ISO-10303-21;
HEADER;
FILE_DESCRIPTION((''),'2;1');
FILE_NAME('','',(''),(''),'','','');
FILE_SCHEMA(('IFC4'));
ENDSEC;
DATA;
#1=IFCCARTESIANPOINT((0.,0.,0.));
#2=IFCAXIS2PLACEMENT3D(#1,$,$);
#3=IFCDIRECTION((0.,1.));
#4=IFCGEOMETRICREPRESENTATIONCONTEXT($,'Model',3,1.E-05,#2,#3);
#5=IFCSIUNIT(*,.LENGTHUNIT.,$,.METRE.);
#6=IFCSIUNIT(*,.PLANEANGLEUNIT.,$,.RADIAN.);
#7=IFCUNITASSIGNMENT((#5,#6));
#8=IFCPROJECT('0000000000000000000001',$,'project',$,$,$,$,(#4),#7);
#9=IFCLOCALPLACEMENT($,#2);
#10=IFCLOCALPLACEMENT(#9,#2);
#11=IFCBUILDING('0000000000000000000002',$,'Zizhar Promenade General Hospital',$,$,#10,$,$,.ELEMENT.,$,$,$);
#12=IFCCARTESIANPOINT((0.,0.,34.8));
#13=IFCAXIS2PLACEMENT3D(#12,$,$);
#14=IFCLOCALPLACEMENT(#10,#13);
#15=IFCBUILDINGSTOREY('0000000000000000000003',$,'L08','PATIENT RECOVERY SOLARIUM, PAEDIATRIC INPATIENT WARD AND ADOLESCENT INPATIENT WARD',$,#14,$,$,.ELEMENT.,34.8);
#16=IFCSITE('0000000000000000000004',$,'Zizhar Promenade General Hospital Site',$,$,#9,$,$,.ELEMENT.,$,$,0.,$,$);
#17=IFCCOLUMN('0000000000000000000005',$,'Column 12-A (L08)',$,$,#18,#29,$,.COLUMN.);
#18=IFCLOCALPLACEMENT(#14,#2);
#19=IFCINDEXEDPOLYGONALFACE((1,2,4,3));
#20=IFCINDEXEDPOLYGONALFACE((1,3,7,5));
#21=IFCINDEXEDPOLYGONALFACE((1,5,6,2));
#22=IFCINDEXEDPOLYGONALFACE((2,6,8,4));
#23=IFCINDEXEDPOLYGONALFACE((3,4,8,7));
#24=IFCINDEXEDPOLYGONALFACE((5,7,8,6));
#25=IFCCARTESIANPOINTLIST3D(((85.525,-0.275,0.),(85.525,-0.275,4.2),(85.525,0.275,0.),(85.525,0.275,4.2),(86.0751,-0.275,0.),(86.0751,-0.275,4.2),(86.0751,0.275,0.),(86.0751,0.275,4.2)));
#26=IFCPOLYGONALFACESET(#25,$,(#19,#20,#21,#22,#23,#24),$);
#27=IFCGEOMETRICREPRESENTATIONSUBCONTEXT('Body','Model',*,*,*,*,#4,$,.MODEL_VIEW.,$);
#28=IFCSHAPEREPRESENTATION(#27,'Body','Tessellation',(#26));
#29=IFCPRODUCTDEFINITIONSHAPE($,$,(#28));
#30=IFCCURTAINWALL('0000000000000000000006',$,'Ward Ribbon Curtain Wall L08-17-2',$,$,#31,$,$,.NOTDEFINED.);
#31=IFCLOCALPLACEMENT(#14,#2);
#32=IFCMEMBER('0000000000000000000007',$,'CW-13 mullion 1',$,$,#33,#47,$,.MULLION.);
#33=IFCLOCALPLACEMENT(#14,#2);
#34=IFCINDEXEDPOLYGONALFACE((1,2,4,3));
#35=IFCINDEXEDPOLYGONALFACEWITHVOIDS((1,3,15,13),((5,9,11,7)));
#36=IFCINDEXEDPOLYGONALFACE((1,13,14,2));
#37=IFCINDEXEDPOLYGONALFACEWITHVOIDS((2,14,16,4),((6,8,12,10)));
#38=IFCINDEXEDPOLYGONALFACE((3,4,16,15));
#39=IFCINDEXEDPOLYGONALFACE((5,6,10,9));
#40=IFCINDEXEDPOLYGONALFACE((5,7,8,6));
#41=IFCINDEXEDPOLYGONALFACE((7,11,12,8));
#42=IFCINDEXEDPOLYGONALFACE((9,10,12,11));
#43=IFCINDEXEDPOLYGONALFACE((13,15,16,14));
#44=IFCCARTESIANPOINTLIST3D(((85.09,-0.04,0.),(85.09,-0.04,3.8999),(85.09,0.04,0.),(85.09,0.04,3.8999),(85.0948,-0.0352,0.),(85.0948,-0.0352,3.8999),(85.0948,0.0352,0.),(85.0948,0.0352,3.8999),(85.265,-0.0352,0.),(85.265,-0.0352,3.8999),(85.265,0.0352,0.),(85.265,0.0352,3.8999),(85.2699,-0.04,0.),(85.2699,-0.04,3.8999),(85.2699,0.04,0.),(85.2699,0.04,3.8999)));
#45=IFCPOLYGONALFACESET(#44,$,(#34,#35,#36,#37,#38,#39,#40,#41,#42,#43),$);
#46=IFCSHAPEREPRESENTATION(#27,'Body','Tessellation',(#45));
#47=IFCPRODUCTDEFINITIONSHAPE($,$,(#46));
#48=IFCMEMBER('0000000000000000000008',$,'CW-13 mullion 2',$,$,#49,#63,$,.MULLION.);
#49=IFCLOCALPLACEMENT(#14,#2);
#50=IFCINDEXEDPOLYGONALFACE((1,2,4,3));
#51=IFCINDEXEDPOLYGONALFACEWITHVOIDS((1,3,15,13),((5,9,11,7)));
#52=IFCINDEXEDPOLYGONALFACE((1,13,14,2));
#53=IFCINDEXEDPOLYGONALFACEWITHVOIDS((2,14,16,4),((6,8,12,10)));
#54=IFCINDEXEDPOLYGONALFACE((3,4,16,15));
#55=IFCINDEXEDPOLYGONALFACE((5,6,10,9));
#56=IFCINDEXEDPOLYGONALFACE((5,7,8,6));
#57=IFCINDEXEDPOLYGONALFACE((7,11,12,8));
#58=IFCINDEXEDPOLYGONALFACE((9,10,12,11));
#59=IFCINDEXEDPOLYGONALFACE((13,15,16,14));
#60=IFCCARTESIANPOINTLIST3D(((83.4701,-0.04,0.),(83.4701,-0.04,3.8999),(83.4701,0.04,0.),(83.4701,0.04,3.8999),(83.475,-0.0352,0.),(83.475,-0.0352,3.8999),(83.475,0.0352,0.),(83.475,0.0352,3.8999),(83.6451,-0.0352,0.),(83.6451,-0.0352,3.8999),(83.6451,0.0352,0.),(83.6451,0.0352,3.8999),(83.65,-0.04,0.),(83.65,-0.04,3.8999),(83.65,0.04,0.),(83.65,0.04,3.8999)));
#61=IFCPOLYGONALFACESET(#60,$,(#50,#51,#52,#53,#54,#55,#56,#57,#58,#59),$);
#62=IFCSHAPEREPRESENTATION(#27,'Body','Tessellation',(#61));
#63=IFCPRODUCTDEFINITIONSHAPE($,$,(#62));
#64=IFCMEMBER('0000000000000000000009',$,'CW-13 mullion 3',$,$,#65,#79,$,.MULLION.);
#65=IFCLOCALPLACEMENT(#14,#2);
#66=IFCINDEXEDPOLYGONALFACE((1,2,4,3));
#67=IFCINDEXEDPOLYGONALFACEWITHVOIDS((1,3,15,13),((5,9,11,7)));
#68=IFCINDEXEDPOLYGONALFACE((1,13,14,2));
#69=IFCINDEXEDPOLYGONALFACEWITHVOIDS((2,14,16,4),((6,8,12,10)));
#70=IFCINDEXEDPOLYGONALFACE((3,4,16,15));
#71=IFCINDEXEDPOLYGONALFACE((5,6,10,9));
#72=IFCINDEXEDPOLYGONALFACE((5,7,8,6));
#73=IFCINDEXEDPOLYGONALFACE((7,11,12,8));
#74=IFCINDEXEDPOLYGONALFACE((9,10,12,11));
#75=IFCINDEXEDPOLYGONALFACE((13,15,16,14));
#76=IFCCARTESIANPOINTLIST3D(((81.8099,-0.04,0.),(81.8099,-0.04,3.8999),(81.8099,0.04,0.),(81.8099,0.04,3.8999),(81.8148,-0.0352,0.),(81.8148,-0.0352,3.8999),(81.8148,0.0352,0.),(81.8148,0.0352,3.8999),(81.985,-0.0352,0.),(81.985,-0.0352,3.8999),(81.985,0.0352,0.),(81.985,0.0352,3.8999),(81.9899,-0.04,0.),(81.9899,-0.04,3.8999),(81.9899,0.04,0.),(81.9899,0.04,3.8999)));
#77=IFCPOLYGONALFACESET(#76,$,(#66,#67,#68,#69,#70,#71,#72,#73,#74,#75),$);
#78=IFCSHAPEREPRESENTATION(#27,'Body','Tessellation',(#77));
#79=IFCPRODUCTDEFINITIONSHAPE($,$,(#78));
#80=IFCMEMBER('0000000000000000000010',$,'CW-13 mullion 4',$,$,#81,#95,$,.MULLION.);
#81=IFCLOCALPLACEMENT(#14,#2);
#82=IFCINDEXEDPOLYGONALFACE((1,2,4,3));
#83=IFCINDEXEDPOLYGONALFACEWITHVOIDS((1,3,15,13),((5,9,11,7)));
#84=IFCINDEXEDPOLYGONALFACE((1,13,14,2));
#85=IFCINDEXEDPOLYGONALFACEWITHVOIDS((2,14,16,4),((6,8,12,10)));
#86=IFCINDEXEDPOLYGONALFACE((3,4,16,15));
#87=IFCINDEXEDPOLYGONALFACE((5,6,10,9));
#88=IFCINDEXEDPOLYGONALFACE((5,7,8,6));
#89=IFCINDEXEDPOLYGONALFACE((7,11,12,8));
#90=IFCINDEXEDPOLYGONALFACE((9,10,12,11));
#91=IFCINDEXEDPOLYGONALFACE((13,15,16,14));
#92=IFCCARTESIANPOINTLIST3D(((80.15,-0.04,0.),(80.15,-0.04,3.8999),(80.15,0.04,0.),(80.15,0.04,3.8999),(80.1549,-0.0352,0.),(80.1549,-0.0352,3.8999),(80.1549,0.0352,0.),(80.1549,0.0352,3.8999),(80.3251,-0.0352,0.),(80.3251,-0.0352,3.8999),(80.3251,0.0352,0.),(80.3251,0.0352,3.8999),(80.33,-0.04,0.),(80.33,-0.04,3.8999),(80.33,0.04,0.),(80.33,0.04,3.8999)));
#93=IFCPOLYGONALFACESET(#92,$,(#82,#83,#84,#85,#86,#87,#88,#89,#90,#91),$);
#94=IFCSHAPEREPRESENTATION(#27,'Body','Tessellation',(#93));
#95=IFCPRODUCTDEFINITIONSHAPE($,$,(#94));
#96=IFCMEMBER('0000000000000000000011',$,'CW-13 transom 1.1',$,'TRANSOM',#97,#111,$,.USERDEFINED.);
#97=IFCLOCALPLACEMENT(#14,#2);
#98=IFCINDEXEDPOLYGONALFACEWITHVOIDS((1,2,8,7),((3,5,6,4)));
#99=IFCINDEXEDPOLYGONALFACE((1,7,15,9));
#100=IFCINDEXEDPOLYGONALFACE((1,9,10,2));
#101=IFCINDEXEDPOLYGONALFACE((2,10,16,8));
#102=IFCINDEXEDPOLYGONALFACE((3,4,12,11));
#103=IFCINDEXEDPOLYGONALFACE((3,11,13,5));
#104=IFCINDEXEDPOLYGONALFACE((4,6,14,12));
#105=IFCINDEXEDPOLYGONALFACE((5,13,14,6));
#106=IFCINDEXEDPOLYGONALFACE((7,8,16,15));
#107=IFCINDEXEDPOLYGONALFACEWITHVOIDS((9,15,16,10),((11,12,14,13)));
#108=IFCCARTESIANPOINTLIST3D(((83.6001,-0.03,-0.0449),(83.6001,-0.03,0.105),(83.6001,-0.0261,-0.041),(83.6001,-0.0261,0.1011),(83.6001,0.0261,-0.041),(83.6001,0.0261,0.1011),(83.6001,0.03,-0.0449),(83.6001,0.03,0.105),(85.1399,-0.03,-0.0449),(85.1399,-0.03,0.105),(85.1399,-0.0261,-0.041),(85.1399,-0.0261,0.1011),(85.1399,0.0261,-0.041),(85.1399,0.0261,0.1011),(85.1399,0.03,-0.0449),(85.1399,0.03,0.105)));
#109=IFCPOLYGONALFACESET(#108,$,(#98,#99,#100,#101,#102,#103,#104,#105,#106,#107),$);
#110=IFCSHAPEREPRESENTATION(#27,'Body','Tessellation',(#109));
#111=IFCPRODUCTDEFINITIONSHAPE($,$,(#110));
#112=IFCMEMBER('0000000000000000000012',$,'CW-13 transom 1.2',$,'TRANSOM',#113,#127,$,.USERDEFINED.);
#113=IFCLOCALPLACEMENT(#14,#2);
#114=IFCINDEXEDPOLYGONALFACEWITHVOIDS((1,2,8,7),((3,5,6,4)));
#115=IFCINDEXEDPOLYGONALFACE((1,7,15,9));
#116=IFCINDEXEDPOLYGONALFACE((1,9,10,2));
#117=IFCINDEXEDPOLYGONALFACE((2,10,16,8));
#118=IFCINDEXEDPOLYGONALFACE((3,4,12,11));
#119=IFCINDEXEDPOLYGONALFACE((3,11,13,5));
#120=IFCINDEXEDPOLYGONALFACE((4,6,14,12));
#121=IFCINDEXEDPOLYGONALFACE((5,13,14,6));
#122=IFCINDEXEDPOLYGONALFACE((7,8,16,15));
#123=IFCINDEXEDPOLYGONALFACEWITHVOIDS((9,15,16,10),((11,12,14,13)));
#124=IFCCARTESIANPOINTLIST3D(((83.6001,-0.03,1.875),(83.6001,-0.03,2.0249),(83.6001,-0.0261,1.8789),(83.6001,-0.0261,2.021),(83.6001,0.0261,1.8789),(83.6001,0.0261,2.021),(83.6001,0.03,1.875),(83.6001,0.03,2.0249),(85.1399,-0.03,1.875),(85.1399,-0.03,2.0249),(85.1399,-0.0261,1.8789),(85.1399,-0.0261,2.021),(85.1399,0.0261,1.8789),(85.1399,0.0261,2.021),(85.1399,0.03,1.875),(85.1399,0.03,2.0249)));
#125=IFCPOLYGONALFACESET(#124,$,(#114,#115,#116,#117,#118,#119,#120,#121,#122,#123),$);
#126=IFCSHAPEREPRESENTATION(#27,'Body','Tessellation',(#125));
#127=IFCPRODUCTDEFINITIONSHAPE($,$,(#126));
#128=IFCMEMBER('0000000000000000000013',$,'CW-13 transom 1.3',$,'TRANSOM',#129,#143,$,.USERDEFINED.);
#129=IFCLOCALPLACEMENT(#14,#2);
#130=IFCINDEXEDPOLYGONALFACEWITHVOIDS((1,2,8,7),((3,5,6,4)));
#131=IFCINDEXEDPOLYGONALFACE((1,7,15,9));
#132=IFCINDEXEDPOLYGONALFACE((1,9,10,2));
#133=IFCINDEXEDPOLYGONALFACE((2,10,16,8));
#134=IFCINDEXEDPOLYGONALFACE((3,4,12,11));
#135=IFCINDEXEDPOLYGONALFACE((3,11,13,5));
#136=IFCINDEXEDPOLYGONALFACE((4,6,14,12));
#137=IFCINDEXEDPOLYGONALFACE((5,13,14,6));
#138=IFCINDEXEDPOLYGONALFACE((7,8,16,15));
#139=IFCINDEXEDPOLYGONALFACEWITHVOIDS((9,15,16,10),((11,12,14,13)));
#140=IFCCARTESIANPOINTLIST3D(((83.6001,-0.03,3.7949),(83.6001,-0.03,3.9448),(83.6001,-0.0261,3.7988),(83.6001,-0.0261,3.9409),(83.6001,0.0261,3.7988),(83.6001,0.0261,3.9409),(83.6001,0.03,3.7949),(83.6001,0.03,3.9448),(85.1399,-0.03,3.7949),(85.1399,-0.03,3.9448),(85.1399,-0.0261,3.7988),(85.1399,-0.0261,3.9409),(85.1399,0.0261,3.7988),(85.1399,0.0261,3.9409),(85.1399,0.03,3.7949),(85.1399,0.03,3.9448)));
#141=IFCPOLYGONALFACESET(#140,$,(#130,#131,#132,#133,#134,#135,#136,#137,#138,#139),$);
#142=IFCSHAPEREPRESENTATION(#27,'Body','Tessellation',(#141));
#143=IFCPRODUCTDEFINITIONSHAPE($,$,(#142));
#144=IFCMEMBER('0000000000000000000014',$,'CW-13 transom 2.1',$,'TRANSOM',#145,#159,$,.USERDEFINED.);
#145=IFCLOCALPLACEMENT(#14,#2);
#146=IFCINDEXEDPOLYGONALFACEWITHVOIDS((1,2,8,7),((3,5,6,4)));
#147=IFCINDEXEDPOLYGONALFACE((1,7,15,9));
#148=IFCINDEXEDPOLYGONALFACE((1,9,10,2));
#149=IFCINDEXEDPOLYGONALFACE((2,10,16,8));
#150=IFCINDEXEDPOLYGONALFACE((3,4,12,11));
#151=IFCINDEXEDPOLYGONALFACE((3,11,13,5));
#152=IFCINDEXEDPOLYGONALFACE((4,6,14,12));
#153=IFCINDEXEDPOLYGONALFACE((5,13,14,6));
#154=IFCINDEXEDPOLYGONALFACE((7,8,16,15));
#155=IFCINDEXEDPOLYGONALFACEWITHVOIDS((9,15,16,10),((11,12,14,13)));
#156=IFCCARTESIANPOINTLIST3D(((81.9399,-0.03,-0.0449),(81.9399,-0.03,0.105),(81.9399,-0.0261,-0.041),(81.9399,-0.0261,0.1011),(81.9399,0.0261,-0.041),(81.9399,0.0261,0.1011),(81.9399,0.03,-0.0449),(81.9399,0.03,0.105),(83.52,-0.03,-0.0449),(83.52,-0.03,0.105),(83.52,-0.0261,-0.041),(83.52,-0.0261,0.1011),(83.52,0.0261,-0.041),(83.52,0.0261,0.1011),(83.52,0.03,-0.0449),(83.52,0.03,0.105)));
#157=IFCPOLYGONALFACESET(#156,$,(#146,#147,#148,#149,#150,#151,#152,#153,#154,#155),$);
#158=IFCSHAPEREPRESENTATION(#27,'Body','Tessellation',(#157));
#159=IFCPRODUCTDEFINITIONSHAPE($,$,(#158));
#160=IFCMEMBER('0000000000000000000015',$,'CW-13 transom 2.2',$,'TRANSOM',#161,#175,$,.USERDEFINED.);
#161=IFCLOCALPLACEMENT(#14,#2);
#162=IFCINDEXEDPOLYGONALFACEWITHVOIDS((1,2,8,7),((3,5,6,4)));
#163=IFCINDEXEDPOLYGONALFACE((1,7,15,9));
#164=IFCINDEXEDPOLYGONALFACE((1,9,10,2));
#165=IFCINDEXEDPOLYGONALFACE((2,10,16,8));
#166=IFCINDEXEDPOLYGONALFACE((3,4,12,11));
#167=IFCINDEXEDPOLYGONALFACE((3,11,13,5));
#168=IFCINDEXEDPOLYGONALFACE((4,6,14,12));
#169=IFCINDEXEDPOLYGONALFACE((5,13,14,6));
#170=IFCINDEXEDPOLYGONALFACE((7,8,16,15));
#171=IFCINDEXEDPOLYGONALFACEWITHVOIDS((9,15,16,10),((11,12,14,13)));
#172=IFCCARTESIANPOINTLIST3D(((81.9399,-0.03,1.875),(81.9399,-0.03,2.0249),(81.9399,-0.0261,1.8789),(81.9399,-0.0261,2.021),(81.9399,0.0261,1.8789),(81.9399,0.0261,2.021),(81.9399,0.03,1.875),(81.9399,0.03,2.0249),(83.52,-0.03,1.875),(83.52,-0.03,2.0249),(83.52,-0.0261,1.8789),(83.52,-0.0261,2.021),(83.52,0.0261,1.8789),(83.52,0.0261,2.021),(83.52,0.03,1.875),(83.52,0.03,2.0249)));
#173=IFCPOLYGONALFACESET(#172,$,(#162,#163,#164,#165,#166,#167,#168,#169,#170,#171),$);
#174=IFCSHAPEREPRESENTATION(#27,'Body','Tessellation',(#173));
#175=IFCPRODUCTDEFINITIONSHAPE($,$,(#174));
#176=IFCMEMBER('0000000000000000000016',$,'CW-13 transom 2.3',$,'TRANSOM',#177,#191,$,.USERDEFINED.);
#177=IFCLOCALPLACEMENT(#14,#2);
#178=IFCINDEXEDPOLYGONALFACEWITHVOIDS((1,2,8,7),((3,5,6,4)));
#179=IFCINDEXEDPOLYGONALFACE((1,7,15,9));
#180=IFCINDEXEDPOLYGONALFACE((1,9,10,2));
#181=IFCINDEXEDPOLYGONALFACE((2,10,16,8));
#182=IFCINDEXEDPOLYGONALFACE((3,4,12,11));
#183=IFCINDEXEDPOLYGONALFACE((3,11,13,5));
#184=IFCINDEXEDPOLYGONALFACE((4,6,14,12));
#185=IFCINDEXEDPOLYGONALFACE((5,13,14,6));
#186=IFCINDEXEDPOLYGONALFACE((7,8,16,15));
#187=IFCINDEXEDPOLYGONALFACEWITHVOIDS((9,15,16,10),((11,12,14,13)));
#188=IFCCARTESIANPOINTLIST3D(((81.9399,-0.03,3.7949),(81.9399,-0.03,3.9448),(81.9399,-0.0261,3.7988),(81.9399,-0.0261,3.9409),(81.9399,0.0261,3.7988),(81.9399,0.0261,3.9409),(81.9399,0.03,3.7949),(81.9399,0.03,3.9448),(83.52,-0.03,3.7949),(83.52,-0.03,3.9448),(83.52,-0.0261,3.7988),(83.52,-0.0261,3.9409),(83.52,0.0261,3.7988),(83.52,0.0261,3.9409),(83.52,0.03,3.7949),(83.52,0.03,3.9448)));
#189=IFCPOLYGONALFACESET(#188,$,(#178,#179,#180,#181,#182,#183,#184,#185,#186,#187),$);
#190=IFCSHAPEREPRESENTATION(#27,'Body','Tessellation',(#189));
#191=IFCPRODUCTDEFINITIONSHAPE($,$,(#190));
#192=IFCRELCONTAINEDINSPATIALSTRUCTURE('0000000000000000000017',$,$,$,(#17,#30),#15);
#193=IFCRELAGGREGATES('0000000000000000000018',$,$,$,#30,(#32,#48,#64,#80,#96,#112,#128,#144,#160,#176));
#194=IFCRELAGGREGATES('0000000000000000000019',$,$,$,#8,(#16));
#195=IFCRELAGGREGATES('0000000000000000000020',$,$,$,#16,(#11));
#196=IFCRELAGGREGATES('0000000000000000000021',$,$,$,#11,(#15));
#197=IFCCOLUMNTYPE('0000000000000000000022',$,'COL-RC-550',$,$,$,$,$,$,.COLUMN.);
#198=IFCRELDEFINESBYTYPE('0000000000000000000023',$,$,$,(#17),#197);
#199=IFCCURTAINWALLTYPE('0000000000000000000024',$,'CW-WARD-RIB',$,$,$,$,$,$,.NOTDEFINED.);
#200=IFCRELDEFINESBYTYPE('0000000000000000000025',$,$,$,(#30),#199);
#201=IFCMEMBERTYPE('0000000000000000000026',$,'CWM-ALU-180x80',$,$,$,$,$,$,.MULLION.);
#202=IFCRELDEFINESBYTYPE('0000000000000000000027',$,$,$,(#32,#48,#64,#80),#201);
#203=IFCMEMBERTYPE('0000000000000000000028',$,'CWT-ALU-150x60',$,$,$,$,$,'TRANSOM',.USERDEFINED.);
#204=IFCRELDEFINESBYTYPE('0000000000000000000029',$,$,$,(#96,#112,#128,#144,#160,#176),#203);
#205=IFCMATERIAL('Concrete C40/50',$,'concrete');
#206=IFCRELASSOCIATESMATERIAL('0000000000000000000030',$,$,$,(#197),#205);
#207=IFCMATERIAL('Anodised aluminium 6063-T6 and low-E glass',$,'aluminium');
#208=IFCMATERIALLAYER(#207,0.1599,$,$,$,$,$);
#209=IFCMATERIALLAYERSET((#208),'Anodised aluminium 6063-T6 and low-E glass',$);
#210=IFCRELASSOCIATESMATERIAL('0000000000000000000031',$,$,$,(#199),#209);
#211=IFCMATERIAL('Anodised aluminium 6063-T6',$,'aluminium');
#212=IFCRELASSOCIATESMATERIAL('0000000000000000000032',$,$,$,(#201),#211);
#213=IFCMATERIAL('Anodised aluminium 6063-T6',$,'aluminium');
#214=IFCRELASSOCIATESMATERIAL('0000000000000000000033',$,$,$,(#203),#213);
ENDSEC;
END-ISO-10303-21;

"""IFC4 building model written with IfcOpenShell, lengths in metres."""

from ifc_helpers import new_model, si_unit, direction, frame, origin, origin_2d, place, context, subcontext, project, spatial, rectangle, hollow_rectangle, extrude, material, layer, layer_set, material_profile, profile_set, type_object, element, aggregate, save


model = new_model("IFC4")

# Units and contexts
model_context = context("Model", 3, precision=1e-05, world=origin(), true_north=direction((0.0, 1.0)))
body_context = subcontext(model_context, "Body", "Model", "MODEL_VIEW")
ifc_project = project(units=[si_unit("LENGTHUNIT", "METRE"), si_unit("PLANEANGLEUNIT", "RADIAN")], contexts=[model_context])

# Site, building, storey
site_placement = place(None, origin())
site = spatial("IfcSite", under=ifc_project, at=site_placement, Name="Zizhar Promenade General Hospital Site", CompositionType="ELEMENT", RefElevation=0.0)
building_placement = place(site_placement, origin())
building = spatial("IfcBuilding", under=site, at=building_placement, Name="Zizhar Promenade General Hospital", CompositionType="ELEMENT")
storey_placement = place(building_placement, frame((0.0, 0.0, 34.8)))
storey = spatial("IfcBuildingStorey", under=building, at=storey_placement, Name="L08", Description="PATIENT RECOVERY SOLARIUM, PAEDIATRIC INPATIENT WARD AND ADOLESCENT INPATIENT WARD", CompositionType="ELEMENT", Elevation=34.8)

# Column
ifc_material_1 = material(Name="Concrete C40/50", Category="concrete")
ifc_material_profile_1 = material_profile(ifc_material_1, rectangle(XDim=0.55, YDim=0.55, at=origin_2d()))
ifc_profile_set_1 = profile_set([ifc_material_profile_1], Name="Concrete C40/50")
column_type = type_object("IfcColumnType", Name="COL-RC-550", PredefinedType="COLUMN", material=ifc_profile_set_1)
column_placement = place(storey_placement, frame((85.8, 0.0, 0.0), z_axis=(0.0, 0.0, 1.0), x_axis=(1.0, 0.0, 0.0)))
element("IfcColumn", 1, at=column_placement, inside=storey, type_object=column_type, Name="Column 12-A (L08)", PredefinedType="COLUMN", context=body_context, shape_type="SweptSolid", body=[
    extrude(rectangle(XDim=0.55, YDim=0.55, at=origin_2d()), origin(), (0.0, 0.0, 1.0), 4.2),
])

# Curtain wall, members
ifc_material_2 = material(Name="Anodised aluminium 6063-T6 and low-E glass", Category="aluminium")
ifc_layer_1 = layer(ifc_material_2, 0.1599)
ifc_layer_set_1 = layer_set([ifc_layer_1], Name="Anodised aluminium 6063-T6 and low-E glass")
curtain_wall_type = type_object("IfcCurtainWallType", Name="CW-WARD-RIB", PredefinedType="NOTDEFINED", material=ifc_layer_set_1)
curtain_wall_placement = place(storey_placement, origin())
curtain_wall = element("IfcCurtainWall", 2, at=curtain_wall_placement, inside=storey, type_object=curtain_wall_type, Name="Ward Ribbon Curtain Wall L08-17-2", PredefinedType="NOTDEFINED")
ifc_material_3 = material(Name="Anodised aluminium 6063-T6", Category="aluminium")
ifc_material_profile_2 = material_profile(ifc_material_3, hollow_rectangle(XDim=0.0801, YDim=0.1799, WallThickness=0.0049, at=origin_2d()))
ifc_profile_set_2 = profile_set([ifc_material_profile_2], Name="Anodised aluminium 6063-T6")
member_type_1 = type_object("IfcMemberType", Name="CWM-ALU-180x80", PredefinedType="MULLION", material=ifc_profile_set_2)
member_1_placement = place(storey_placement, frame((85.1799, 0.0, 0.0), z_axis=(0.0, 0.0, 1.0), x_axis=(0.0, -1.0, 0.0)))
member_1 = element("IfcMember", 3, at=member_1_placement, type_object=member_type_1, Name="CW-13 mullion 1", PredefinedType="MULLION", context=body_context, shape_type="SweptSolid", body=[
    extrude(hollow_rectangle(XDim=0.0801, YDim=0.1799, WallThickness=0.0049, at=origin_2d()), origin(), (0.0, 0.0, 1.0), 3.8999),
])
member_2_placement = place(storey_placement, frame((83.5601, 0.0, 0.0), z_axis=(0.0, 0.0, 1.0), x_axis=(0.0, -1.0, 0.0)))
member_2 = element("IfcMember", 4, at=member_2_placement, type_object=member_type_1, Name="CW-13 mullion 2", PredefinedType="MULLION", context=body_context, shape_type="SweptSolid", body=[
    extrude(hollow_rectangle(XDim=0.0801, YDim=0.1799, WallThickness=0.0049, at=origin_2d()), origin(), (0.0, 0.0, 1.0), 3.8999),
])
member_3_placement = place(storey_placement, frame((81.8999, 0.0, 0.0), z_axis=(0.0, 0.0, 1.0), x_axis=(0.0, -1.0, 0.0)))
member_3 = element("IfcMember", 5, at=member_3_placement, type_object=member_type_1, Name="CW-13 mullion 3", PredefinedType="MULLION", context=body_context, shape_type="SweptSolid", body=[
    extrude(hollow_rectangle(XDim=0.0801, YDim=0.1799, WallThickness=0.0049, at=origin_2d()), origin(), (0.0, 0.0, 1.0), 3.8999),
])
member_4_placement = place(storey_placement, frame((80.24, 0.0, 0.0), z_axis=(0.0, 0.0, 1.0), x_axis=(0.0, -1.0, 0.0)))
member_4 = element("IfcMember", 6, at=member_4_placement, type_object=member_type_1, Name="CW-13 mullion 4", PredefinedType="MULLION", context=body_context, shape_type="SweptSolid", body=[
    extrude(hollow_rectangle(XDim=0.0801, YDim=0.1799, WallThickness=0.0049, at=origin_2d()), origin(), (0.0, 0.0, 1.0), 3.8999),
])
ifc_material_4 = material(Name="Anodised aluminium 6063-T6", Category="aluminium")
ifc_material_profile_3 = material_profile(ifc_material_4, hollow_rectangle(XDim=0.0601, YDim=0.1499, WallThickness=0.0039, at=origin_2d()))
ifc_profile_set_3 = profile_set([ifc_material_profile_3], Name="Anodised aluminium 6063-T6")
member_type_2 = type_object("IfcMemberType", Name="CWT-ALU-150x60", ElementType="TRANSOM", PredefinedType="USERDEFINED", material=ifc_profile_set_3)
member_5_placement = place(storey_placement, frame((85.1399, 0.0, 0.03), z_axis=(-1.0, 0.0, 0.0), x_axis=(0.0, -1.0, 0.0)))
member_5 = element("IfcMember", 7, at=member_5_placement, type_object=member_type_2, Name="CW-13 transom 1.1", ObjectType="TRANSOM", PredefinedType="USERDEFINED", context=body_context, shape_type="SweptSolid", body=[
    extrude(hollow_rectangle(XDim=0.0601, YDim=0.1499, WallThickness=0.0039, at=origin_2d()), origin(), (0.0, 0.0, 1.0), 1.5398),
])
member_6_placement = place(storey_placement, frame((85.1399, 0.0, 1.95), z_axis=(-1.0, 0.0, 0.0), x_axis=(0.0, -1.0, 0.0)))
member_6 = element("IfcMember", 8, at=member_6_placement, type_object=member_type_2, Name="CW-13 transom 1.2", ObjectType="TRANSOM", PredefinedType="USERDEFINED", context=body_context, shape_type="SweptSolid", body=[
    extrude(hollow_rectangle(XDim=0.0601, YDim=0.1499, WallThickness=0.0039, at=origin_2d()), origin(), (0.0, 0.0, 1.0), 1.5398),
])
member_7_placement = place(storey_placement, frame((85.1399, 0.0, 3.8699), z_axis=(-1.0, 0.0, 0.0), x_axis=(0.0, -1.0, 0.0)))
member_7 = element("IfcMember", 9, at=member_7_placement, type_object=member_type_2, Name="CW-13 transom 1.3", ObjectType="TRANSOM", PredefinedType="USERDEFINED", context=body_context, shape_type="SweptSolid", body=[
    extrude(hollow_rectangle(XDim=0.0601, YDim=0.1499, WallThickness=0.0039, at=origin_2d()), origin(), (0.0, 0.0, 1.0), 1.5398),
])
member_8_placement = place(storey_placement, frame((83.52, 0.0, 0.03), z_axis=(-1.0, 0.0, 0.0), x_axis=(0.0, -1.0, 0.0)))
member_8 = element("IfcMember", 10, at=member_8_placement, type_object=member_type_2, Name="CW-13 transom 2.1", ObjectType="TRANSOM", PredefinedType="USERDEFINED", context=body_context, shape_type="SweptSolid", body=[
    extrude(hollow_rectangle(XDim=0.0601, YDim=0.1499, WallThickness=0.0039, at=origin_2d()), origin(), (0.0, 0.0, 1.0), 1.5801),
])
member_9_placement = place(storey_placement, frame((83.52, 0.0, 1.95), z_axis=(-1.0, 0.0, 0.0), x_axis=(0.0, -1.0, 0.0)))
member_9 = element("IfcMember", 11, at=member_9_placement, type_object=member_type_2, Name="CW-13 transom 2.2", ObjectType="TRANSOM", PredefinedType="USERDEFINED", context=body_context, shape_type="SweptSolid", body=[
    extrude(hollow_rectangle(XDim=0.0601, YDim=0.1499, WallThickness=0.0039, at=origin_2d()), origin(), (0.0, 0.0, 1.0), 1.5801),
])
member_10_placement = place(storey_placement, frame((83.52, 0.0, 3.8699), z_axis=(-1.0, 0.0, 0.0), x_axis=(0.0, -1.0, 0.0)))
member_10 = element("IfcMember", 12, at=member_10_placement, type_object=member_type_2, Name="CW-13 transom 2.3", ObjectType="TRANSOM", PredefinedType="USERDEFINED", context=body_context, shape_type="SweptSolid", body=[
    extrude(hollow_rectangle(XDim=0.0601, YDim=0.1499, WallThickness=0.0039, at=origin_2d()), origin(), (0.0, 0.0, 1.0), 1.5801),
])
aggregate(curtain_wall, [member_1, member_2, member_3, member_4, member_5, member_6, member_7, member_8, member_9, member_10])

save(model, "model.ifc")
